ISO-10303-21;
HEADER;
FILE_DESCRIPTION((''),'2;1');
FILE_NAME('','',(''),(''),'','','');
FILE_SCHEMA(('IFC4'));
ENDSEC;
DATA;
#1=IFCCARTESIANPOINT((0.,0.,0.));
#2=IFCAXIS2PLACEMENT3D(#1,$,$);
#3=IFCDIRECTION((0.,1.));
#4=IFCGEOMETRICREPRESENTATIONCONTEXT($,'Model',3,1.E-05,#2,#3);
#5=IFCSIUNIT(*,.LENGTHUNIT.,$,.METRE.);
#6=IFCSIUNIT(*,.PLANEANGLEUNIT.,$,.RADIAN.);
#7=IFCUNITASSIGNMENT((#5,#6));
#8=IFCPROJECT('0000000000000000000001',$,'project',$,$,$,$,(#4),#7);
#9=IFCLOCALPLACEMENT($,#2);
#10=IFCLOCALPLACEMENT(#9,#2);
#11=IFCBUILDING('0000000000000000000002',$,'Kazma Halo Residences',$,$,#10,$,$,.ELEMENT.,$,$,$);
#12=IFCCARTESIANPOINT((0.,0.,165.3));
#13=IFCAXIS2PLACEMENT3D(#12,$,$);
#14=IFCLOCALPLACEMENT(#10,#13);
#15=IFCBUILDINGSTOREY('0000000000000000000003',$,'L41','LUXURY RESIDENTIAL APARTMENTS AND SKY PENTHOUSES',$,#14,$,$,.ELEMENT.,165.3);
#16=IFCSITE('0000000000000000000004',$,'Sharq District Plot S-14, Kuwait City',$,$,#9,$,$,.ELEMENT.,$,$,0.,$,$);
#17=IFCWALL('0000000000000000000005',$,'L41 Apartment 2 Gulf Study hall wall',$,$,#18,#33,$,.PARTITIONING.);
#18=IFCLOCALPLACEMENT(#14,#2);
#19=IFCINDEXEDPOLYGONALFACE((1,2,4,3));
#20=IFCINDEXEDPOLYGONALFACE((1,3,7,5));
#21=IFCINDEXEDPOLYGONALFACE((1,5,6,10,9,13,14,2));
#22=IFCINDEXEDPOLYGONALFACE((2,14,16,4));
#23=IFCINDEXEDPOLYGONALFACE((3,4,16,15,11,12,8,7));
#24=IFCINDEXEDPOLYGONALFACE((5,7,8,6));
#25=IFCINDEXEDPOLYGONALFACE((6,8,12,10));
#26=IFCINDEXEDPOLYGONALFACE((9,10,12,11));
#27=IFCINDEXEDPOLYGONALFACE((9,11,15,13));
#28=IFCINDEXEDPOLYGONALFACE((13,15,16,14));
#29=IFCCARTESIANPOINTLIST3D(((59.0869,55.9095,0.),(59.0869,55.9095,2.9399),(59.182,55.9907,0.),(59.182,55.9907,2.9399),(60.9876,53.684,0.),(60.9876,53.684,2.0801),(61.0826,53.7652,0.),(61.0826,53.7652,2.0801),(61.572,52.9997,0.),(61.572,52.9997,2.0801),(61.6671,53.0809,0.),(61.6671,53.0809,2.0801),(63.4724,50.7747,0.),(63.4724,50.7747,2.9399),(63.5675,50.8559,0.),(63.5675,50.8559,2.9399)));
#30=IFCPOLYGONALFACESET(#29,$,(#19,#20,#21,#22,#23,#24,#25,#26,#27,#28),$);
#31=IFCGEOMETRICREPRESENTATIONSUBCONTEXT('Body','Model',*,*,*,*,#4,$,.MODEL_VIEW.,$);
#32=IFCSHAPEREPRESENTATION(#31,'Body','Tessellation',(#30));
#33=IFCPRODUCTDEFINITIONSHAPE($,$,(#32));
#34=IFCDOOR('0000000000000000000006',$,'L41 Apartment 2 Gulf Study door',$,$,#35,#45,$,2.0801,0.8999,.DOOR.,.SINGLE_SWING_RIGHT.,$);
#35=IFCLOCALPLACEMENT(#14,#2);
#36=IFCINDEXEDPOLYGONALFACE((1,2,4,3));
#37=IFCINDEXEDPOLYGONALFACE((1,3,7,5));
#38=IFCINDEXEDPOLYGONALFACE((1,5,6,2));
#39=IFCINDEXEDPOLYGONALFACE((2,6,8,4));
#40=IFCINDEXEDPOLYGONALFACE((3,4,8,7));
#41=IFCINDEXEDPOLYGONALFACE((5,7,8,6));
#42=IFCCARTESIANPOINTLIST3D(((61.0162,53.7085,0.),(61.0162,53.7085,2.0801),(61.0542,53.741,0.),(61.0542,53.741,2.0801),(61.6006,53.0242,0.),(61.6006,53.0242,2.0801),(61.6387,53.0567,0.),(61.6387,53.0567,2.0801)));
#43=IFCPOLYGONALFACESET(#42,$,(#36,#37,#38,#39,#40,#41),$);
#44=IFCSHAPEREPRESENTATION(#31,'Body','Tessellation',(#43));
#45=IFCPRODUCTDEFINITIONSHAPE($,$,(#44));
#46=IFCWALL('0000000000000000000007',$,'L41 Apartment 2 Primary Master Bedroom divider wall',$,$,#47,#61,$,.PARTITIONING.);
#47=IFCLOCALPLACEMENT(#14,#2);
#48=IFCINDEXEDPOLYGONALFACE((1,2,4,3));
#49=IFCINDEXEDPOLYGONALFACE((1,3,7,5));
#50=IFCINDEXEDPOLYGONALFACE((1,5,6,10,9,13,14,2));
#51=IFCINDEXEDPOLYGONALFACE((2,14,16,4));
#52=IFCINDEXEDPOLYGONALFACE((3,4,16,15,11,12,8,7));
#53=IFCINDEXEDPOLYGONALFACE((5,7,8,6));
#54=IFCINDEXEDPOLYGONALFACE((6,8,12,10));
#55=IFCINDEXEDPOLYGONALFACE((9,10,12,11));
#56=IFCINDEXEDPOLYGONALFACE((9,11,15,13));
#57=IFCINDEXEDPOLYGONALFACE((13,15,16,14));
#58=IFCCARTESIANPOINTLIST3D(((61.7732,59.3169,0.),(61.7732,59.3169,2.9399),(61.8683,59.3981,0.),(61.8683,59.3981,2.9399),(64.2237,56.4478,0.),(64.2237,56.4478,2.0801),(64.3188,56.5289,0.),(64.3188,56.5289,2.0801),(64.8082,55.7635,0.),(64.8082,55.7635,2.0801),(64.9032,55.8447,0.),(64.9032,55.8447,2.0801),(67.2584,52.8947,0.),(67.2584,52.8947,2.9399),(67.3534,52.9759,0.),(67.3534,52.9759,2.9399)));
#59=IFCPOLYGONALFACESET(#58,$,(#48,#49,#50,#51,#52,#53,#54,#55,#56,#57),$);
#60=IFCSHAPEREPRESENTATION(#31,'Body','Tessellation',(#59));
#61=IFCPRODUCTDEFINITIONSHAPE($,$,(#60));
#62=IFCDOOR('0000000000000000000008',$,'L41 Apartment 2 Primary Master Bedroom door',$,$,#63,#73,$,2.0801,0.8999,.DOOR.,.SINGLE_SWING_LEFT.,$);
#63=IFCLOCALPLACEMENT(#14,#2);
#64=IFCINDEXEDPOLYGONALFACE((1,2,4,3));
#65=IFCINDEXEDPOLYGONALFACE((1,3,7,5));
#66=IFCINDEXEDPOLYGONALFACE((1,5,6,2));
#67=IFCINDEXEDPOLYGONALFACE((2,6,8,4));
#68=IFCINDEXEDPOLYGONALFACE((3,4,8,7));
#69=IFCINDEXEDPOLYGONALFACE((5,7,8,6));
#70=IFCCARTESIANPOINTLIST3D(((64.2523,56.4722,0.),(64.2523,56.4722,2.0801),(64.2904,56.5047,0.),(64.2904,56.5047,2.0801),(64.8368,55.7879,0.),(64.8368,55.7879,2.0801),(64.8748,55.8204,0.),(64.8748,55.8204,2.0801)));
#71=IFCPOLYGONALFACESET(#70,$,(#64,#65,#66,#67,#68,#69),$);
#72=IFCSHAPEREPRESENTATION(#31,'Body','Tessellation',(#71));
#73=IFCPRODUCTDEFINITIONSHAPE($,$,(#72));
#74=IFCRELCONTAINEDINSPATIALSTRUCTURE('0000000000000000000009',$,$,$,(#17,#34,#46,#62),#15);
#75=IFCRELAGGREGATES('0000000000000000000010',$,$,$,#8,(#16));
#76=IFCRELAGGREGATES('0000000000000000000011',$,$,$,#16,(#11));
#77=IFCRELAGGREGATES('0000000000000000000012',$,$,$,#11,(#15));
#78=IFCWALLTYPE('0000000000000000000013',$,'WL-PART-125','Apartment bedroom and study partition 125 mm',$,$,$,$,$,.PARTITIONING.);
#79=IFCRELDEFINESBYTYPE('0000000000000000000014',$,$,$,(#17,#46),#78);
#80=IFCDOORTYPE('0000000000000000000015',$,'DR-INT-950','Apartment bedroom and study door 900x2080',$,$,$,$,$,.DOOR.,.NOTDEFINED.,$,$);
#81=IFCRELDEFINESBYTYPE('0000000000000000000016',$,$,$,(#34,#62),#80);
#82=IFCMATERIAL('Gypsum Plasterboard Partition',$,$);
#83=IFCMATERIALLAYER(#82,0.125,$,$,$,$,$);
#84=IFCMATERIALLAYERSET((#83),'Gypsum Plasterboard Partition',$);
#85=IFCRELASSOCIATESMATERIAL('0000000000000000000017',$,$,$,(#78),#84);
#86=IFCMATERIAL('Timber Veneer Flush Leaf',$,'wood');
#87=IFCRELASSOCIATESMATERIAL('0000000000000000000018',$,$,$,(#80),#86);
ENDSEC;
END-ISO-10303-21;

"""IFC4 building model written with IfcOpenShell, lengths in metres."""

from ifc_helpers import new_model, si_unit, direction, frame, frame_2d, origin, place, context, subcontext, project, spatial, rectangle, extrude, material, layer, layer_set, type_object, element, fill, save


model = new_model("IFC4")

# Units and contexts
model_context = context("Model", 3, precision=1e-05, world=origin(), true_north=direction((0.0, 1.0)))
body_context = subcontext(model_context, "Body", "Model", "MODEL_VIEW")
ifc_project = project(units=[si_unit("LENGTHUNIT", "METRE"), si_unit("PLANEANGLEUNIT", "RADIAN")], contexts=[model_context])

# Site, building, storey
site_placement = place(None, origin())
site = spatial("IfcSite", under=ifc_project, at=site_placement, Name="Sharq District Plot S-14, Kuwait City", CompositionType="ELEMENT", RefElevation=0.0)
building_placement = place(site_placement, origin())
building = spatial("IfcBuilding", under=site, at=building_placement, Name="Kazma Halo Residences", CompositionType="ELEMENT")
storey_placement = place(building_placement, frame((0.0, 0.0, 165.3)))
storey = spatial("IfcBuildingStorey", under=building, at=storey_placement, Name="L41", Description="LUXURY RESIDENTIAL APARTMENTS AND SKY PENTHOUSES", CompositionType="ELEMENT", Elevation=165.3)

# Shared definitions
ifc_material_1 = material(Name="Gypsum Plasterboard Partition")
ifc_layer_1 = layer(ifc_material_1, 0.125)
ifc_layer_set_1 = layer_set([ifc_layer_1], Name="Gypsum Plasterboard Partition")
wall_type_1 = type_object("IfcWallType", Name="WL-PART-125", Description="Apartment bedroom and study partition 125 mm", PredefinedType="PARTITIONING", material=ifc_layer_set_1)

# Shared definitions
ifc_material_2 = material(Name="Timber Veneer Flush Leaf", Category="wood")
door_type_1 = type_object("IfcDoorType", Name="DR-INT-950", Description="Apartment bedroom and study door 900x2080", OperationType="NOTDEFINED", PredefinedType="DOOR", material=ifc_material_2)

# Walls, openings, doors
wall_1_placement = place(storey_placement, frame((63.52, 50.8152, 0.0), z_axis=(0.0, 0.0, 1.0), x_axis=(-0.649448, 0.760406, 0.0)))
wall_1 = element("IfcWall", 1, at=wall_1_placement, inside=storey, type_object=wall_type_1, Name="L41 Apartment 2 Gulf Study hall wall", PredefinedType="PARTITIONING", context=body_context, shape_type="SweptSolid", body=[
    extrude(rectangle(XDim=6.7527, YDim=0.125, at=frame_2d((3.3765, 0.0))), origin(), (0.0, 0.0, 1.0), 2.9399),
])
opening_1_placement = place(wall_1_placement, frame((2.9263, 0.0, 0.0)))
opening_1 = element("IfcOpeningElement", 2, at=opening_1_placement, cuts=wall_1, PredefinedType="OPENING", context=body_context, shape_type="SweptSolid", body=[
    extrude(rectangle(XDim=0.8999, YDim=2.0801, at=frame_2d((0.45, 1.04))), frame((0.0, 0.0725, 0.0), z_axis=(0.0, -1.0, 0.0), x_axis=(1.0, 0.0, 0.0)), (0.0, 0.0, 1.0), 0.145),
])
door_1_placement = place(opening_1_placement, origin())
door_1 = element("IfcDoor", 3, at=door_1_placement, inside=storey, type_object=door_type_1, Name="L41 Apartment 2 Gulf Study door", OperationType="SINGLE_SWING_RIGHT", OverallHeight=2.0801, OverallWidth=0.8999, PredefinedType="DOOR", context=body_context, shape_type="SweptSolid", body=[
    extrude(rectangle(XDim=0.8999, YDim=2.0801, at=frame_2d((0.45, 1.04))), frame((0.0, 0.0249, 0.0), z_axis=(0.0, -1.0, 0.0), x_axis=(1.0, 0.0, 0.0)), (0.0, 0.0, 1.0), 0.05),
])
fill(opening_1, door_1)
wall_2_placement = place(storey_placement, frame((67.3059, 52.9353, 0.0), z_axis=(0.0, 0.0, 1.0), x_axis=(-0.649455, 0.7604, 0.0)))
wall_2 = element("IfcWall", 4, at=wall_2_placement, inside=storey, type_object=wall_type_1, Name="L41 Apartment 2 Primary Master Bedroom divider wall", PredefinedType="PARTITIONING", context=body_context, shape_type="SweptSolid", body=[
    extrude(rectangle(XDim=8.4458, YDim=0.125, at=frame_2d((4.2229, 0.0))), origin(), (0.0, 0.0, 1.0), 2.9399),
])
opening_2_placement = place(wall_2_placement, frame((3.7727, 0.0, 0.0)))
opening_2 = element("IfcOpeningElement", 5, at=opening_2_placement, cuts=wall_2, PredefinedType="OPENING", context=body_context, shape_type="SweptSolid", body=[
    extrude(rectangle(XDim=0.8999, YDim=2.0801, at=frame_2d((0.45, 1.04))), frame((0.0, 0.0725, 0.0), z_axis=(0.0, -1.0, 0.0), x_axis=(1.0, 0.0, 0.0)), (0.0, 0.0, 1.0), 0.145),
])
door_2_placement = place(opening_2_placement, origin())
door_2 = element("IfcDoor", 6, at=door_2_placement, inside=storey, type_object=door_type_1, Name="L41 Apartment 2 Primary Master Bedroom door", OperationType="SINGLE_SWING_LEFT", OverallHeight=2.0801, OverallWidth=0.8999, PredefinedType="DOOR", context=body_context, shape_type="SweptSolid", body=[
    extrude(rectangle(XDim=0.8999, YDim=2.0801, at=frame_2d((0.45, 1.04))), frame((0.0, 0.0249, 0.0), z_axis=(0.0, -1.0, 0.0), x_axis=(1.0, 0.0, 0.0)), (0.0, 0.0, 1.0), 0.05),
])
fill(opening_2, door_2)

save(model, "model.ifc")
